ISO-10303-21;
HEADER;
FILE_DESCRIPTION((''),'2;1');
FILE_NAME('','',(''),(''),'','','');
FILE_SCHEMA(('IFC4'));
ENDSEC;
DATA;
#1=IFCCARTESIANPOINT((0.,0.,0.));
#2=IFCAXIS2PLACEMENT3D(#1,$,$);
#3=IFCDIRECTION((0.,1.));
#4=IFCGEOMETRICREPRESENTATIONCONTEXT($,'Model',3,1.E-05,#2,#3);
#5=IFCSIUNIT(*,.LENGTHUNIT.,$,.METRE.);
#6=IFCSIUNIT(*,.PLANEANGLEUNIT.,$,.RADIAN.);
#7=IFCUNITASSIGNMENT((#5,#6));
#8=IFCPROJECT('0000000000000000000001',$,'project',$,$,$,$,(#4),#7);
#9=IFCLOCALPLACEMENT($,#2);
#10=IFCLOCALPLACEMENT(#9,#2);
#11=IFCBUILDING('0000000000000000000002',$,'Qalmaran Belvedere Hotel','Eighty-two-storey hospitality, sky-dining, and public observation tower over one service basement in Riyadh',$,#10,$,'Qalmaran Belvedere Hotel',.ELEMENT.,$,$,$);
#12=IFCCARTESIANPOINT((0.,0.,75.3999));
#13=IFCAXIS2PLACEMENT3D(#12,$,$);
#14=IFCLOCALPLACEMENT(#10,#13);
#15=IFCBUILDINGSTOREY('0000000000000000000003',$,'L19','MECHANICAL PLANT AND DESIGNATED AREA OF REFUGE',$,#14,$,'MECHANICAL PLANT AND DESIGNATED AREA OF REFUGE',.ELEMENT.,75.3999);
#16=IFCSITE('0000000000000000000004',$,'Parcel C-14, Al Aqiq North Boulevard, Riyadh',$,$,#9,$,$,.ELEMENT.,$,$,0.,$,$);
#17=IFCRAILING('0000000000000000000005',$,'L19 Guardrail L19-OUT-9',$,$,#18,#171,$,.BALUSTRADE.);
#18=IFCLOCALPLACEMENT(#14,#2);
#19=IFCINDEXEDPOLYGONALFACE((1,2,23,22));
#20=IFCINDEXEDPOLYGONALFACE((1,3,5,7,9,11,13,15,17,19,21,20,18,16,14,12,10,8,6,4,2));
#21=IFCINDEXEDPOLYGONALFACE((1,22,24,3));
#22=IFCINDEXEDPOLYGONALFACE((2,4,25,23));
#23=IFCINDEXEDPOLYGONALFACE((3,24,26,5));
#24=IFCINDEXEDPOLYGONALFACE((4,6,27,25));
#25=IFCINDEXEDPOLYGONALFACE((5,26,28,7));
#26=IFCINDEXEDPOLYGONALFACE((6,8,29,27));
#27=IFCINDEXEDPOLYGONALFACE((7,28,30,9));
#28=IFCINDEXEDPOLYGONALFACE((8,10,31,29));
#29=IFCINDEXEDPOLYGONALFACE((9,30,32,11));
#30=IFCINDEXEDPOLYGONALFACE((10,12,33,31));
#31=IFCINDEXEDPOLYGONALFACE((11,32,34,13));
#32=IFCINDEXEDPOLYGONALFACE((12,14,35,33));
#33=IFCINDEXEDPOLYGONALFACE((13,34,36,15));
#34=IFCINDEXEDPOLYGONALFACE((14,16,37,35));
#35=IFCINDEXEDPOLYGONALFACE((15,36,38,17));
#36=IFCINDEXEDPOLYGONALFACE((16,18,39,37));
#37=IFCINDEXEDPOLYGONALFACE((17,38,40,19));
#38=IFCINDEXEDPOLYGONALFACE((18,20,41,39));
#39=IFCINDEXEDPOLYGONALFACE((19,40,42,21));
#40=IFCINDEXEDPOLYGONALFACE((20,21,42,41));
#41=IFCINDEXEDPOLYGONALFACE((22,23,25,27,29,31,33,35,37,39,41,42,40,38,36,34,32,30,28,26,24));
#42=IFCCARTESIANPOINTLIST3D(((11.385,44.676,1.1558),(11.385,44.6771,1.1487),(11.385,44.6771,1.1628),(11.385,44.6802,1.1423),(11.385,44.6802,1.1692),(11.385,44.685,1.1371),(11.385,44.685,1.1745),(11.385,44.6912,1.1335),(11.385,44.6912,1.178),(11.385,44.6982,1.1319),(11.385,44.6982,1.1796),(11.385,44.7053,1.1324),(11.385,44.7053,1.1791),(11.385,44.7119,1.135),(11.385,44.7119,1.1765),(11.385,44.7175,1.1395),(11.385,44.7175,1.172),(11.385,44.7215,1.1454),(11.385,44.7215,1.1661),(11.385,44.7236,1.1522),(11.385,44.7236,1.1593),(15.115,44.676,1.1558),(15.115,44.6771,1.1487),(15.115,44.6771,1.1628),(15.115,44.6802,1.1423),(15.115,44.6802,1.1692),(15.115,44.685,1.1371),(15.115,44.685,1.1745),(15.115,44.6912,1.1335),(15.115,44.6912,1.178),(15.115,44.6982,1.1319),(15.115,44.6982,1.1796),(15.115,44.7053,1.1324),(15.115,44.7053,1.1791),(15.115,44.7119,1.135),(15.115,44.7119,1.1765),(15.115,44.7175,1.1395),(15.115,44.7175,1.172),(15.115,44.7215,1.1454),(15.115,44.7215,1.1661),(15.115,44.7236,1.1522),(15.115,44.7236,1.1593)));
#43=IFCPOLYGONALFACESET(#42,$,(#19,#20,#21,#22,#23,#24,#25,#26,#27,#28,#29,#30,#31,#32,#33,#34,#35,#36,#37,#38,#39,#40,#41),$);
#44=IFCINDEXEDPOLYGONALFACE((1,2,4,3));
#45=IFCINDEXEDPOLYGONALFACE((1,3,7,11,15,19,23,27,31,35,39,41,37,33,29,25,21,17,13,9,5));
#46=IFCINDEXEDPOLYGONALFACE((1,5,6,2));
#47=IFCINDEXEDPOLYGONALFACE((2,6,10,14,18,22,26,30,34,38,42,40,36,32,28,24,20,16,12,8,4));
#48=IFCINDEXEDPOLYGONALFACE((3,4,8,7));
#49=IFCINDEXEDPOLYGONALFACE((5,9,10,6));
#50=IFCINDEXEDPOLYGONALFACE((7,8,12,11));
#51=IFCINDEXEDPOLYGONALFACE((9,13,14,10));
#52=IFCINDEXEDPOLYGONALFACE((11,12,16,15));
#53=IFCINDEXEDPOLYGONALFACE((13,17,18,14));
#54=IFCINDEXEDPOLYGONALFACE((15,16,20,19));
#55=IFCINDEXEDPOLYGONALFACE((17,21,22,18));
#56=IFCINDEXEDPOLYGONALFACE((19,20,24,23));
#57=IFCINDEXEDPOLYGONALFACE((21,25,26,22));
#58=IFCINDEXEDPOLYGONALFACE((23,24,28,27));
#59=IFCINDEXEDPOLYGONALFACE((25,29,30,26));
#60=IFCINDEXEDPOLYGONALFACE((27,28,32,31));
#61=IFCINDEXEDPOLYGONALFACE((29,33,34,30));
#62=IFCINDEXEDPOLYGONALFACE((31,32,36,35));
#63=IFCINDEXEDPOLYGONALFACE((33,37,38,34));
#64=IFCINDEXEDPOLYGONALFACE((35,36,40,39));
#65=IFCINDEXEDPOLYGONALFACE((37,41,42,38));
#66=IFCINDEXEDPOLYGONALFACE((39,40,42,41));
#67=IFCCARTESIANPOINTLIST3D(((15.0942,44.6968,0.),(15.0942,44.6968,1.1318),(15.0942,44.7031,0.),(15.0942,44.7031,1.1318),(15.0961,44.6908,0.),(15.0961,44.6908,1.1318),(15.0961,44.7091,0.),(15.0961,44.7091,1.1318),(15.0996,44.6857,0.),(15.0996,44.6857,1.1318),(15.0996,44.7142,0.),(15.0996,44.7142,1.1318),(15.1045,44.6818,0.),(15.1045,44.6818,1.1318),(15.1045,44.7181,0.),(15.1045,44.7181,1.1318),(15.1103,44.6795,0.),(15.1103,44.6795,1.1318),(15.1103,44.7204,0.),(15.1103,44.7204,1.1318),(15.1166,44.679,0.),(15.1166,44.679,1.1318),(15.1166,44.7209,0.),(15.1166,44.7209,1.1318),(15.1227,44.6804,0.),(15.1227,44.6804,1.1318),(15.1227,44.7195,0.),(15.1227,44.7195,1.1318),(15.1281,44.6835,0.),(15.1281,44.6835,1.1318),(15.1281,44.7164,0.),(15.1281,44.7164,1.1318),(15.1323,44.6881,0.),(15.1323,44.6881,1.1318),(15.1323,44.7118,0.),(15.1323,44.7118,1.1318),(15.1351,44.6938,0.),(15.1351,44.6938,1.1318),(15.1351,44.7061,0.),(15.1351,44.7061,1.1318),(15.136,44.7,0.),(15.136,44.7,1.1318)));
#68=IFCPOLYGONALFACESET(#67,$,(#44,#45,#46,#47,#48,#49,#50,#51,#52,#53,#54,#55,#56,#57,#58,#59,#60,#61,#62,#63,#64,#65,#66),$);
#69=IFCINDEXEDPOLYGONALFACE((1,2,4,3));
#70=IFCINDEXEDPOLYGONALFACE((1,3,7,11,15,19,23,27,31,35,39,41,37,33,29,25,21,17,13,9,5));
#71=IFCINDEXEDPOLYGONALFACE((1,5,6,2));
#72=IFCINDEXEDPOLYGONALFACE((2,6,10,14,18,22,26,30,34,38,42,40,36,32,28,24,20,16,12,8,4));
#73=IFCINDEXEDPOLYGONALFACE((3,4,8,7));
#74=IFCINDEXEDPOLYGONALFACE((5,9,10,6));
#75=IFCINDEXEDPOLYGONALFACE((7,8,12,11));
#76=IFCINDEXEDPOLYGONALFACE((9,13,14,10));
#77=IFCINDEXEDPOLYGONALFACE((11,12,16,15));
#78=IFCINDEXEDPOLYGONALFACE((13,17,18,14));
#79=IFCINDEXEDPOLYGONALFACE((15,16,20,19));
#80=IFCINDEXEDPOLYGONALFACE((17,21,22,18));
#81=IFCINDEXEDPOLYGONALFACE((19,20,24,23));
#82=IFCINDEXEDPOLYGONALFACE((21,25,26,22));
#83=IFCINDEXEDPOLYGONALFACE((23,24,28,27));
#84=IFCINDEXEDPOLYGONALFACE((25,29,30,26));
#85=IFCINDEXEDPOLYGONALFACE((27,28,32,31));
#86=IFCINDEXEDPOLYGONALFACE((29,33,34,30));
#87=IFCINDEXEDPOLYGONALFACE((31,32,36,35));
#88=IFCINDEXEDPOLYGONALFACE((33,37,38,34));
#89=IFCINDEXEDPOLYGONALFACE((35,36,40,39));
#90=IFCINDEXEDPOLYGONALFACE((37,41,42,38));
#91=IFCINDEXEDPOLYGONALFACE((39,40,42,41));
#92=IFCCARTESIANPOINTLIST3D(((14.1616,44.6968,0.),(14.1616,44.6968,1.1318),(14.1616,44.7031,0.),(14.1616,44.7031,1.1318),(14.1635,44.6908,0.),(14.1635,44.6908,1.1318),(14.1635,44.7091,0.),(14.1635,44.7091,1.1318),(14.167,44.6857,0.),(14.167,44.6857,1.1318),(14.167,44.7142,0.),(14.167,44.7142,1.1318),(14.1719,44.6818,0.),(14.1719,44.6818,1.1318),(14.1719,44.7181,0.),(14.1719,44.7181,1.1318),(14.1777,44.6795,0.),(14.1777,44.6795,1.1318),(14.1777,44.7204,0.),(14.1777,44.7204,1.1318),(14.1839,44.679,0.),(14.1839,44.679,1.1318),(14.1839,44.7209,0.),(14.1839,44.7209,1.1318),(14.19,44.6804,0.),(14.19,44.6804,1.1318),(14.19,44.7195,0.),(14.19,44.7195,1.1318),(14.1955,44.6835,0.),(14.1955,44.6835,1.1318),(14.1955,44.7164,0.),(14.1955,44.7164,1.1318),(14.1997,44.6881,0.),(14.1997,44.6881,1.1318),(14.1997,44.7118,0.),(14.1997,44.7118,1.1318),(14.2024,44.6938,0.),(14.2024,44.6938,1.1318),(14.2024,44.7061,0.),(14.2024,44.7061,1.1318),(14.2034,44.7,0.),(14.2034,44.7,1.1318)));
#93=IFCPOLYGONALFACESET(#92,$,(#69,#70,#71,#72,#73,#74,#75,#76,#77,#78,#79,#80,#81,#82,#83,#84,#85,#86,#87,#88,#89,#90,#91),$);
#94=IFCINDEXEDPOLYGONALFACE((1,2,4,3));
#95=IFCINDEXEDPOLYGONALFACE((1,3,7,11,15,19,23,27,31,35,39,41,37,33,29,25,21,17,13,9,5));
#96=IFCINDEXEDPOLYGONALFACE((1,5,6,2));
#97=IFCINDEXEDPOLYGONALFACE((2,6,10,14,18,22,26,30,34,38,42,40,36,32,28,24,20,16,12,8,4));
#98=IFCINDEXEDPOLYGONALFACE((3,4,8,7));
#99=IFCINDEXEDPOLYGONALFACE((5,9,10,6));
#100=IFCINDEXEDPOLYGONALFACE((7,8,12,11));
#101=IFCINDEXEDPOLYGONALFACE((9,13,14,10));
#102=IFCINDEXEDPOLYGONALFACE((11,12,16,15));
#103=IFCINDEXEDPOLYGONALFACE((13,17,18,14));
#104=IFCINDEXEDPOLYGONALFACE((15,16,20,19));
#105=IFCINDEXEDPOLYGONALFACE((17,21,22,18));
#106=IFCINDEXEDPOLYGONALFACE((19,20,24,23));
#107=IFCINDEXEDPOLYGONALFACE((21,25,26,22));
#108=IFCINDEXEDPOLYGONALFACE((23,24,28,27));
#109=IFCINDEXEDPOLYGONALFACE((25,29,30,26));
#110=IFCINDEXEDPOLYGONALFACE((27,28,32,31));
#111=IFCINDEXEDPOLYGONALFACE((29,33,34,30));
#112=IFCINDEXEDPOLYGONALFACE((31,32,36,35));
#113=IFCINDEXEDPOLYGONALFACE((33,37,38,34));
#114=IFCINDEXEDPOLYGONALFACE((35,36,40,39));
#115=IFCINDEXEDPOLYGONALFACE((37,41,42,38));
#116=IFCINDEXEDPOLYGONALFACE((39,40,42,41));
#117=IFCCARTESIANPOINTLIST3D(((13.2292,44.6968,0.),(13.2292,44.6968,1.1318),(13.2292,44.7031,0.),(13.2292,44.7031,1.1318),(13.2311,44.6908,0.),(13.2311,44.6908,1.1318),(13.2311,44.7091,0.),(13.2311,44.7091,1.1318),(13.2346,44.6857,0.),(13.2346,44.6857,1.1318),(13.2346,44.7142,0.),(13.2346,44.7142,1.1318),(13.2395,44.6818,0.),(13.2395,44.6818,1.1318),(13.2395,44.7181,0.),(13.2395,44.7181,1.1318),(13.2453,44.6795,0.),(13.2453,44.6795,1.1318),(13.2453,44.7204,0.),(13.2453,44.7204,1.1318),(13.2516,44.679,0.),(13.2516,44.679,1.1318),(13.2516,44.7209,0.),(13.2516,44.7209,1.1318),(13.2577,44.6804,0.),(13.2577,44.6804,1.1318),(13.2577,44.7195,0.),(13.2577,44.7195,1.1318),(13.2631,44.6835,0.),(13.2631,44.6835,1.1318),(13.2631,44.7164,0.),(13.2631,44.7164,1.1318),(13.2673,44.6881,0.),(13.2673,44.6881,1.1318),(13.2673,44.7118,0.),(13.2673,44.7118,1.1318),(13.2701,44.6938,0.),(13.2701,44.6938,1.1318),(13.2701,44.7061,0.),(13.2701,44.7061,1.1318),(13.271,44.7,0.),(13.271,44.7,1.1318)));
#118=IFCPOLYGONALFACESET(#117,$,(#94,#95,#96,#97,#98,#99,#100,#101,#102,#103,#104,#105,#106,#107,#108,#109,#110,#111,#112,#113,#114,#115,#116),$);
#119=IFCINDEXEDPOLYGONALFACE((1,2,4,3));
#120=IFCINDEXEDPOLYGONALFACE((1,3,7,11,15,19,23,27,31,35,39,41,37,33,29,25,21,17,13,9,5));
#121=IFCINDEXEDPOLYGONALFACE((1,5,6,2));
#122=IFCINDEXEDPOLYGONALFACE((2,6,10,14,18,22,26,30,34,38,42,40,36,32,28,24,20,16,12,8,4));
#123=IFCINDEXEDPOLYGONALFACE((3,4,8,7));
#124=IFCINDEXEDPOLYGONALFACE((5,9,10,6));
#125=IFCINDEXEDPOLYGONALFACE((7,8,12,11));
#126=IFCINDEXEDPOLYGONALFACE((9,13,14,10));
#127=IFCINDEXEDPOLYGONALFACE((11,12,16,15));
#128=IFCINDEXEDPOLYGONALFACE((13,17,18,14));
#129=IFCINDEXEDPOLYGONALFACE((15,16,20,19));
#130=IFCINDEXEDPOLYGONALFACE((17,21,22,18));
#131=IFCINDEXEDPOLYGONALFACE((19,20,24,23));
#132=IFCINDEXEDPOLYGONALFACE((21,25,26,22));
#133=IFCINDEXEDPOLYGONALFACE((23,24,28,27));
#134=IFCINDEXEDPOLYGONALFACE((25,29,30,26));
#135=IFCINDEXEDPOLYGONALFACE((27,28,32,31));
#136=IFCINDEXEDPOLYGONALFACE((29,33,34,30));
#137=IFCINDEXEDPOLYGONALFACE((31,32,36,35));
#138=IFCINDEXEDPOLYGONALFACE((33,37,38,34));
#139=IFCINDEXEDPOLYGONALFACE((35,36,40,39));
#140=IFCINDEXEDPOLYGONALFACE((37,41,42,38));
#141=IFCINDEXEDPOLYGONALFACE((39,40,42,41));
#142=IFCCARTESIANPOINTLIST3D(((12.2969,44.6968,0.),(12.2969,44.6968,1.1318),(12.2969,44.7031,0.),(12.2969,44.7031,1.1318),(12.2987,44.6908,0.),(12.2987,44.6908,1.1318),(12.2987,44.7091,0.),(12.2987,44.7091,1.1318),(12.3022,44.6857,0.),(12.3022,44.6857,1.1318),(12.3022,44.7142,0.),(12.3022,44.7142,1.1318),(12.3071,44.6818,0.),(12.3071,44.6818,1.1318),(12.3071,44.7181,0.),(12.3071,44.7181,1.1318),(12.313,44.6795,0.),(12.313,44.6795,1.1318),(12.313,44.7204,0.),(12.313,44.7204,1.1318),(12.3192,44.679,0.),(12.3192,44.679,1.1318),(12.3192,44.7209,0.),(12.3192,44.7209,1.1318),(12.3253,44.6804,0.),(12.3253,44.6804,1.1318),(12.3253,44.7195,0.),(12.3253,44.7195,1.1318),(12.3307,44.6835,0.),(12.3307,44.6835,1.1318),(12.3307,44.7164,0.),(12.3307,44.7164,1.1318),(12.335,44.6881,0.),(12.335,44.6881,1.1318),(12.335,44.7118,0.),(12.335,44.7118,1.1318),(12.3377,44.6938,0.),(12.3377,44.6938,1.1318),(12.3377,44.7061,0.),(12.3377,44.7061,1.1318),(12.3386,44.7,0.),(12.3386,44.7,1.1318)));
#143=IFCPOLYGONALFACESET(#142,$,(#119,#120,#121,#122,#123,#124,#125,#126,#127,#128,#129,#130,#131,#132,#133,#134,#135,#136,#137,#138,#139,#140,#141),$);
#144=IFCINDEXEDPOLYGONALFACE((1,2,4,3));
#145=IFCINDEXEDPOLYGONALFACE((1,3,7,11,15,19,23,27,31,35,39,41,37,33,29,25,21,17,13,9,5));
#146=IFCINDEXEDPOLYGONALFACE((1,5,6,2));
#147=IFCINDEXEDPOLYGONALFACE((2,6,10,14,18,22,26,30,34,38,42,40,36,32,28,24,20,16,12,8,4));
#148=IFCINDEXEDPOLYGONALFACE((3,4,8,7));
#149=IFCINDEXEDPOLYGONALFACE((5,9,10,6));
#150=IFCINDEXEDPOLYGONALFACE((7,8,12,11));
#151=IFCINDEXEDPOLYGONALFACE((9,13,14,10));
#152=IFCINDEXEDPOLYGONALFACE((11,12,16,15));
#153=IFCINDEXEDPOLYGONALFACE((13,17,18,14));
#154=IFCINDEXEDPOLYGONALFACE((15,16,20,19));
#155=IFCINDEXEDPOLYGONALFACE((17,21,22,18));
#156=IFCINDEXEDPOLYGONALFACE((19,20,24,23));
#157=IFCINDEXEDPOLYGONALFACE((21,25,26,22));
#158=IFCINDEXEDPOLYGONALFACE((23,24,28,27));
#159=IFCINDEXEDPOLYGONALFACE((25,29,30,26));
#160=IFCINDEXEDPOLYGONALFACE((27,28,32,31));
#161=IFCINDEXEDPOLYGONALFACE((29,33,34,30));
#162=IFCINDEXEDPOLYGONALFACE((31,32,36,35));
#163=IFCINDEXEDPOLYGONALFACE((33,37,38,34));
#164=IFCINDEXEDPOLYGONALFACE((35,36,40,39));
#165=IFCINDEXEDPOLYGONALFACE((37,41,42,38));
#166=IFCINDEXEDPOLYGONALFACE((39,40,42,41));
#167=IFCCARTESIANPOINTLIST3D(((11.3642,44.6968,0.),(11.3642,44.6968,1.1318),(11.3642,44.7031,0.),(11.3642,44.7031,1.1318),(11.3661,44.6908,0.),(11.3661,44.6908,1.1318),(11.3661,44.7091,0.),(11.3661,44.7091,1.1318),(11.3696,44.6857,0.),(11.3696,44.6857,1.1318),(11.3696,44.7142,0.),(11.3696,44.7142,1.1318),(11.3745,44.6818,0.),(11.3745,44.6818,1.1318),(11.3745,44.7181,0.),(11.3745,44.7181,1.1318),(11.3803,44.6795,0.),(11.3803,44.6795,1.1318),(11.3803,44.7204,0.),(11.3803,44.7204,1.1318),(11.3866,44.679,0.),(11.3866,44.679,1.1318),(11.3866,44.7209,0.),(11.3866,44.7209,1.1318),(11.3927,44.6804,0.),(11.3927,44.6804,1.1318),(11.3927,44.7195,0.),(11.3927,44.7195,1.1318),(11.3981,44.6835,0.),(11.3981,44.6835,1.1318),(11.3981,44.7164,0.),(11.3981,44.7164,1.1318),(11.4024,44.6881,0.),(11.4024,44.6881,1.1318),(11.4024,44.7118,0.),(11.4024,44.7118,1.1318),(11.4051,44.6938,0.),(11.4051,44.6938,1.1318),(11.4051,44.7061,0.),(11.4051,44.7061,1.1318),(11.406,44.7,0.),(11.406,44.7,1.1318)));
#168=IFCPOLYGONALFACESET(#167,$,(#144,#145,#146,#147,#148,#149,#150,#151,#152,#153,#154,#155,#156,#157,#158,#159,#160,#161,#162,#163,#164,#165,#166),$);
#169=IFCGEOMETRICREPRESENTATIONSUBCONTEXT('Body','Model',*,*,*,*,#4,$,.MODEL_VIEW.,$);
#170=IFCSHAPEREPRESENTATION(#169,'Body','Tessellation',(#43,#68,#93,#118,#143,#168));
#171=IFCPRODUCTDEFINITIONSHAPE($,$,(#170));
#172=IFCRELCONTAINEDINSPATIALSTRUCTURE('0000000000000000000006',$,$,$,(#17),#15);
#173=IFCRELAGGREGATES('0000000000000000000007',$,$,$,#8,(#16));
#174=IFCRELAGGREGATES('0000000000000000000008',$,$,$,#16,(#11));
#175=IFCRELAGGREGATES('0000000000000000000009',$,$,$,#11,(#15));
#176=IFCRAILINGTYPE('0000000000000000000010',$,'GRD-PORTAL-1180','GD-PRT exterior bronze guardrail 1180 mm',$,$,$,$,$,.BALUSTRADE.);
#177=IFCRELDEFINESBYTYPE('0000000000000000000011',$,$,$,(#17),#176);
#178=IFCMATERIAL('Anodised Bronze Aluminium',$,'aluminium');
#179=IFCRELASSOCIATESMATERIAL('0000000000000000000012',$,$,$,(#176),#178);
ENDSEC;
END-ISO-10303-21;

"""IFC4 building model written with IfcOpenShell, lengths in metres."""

from ifc_helpers import new_model, si_unit, direction, frame, origin, origin_2d, place, context, subcontext, project, spatial, circle, extrude, material, type_object, element, save


model = new_model("IFC4")

# Units and contexts
model_context = context("Model", 3, precision=1e-05, world=origin(), true_north=direction((0.0, 1.0)))
body_context = subcontext(model_context, "Body", "Model", "MODEL_VIEW")
ifc_project = project(units=[si_unit("LENGTHUNIT", "METRE"), si_unit("PLANEANGLEUNIT", "RADIAN")], contexts=[model_context])

# Site, building, storey
site_placement = place(None, origin())
site = spatial("IfcSite", under=ifc_project, at=site_placement, Name="Parcel C-14, Al Aqiq North Boulevard, Riyadh", CompositionType="ELEMENT", RefElevation=0.0)
building_placement = place(site_placement, origin())
building = spatial("IfcBuilding", under=site, at=building_placement, Name="Qalmaran Belvedere Hotel", Description="Eighty-two-storey hospitality, sky-dining, and public observation tower over one service basement in Riyadh", LongName="Qalmaran Belvedere Hotel", CompositionType="ELEMENT")
storey_placement = place(building_placement, frame((0.0, 0.0, 75.3999)))
storey = spatial("IfcBuildingStorey", under=building, at=storey_placement, Name="L19", Description="MECHANICAL PLANT AND DESIGNATED AREA OF REFUGE", LongName="MECHANICAL PLANT AND DESIGNATED AREA OF REFUGE", CompositionType="ELEMENT", Elevation=75.3999)

# Railing
ifc_material_1 = material(Name="Anodised Bronze Aluminium", Category="aluminium")
railing_type = type_object("IfcRailingType", Name="GRD-PORTAL-1180", Description="GD-PRT exterior bronze guardrail 1180 mm", PredefinedType="BALUSTRADE", material=ifc_material_1)
railing_1_placement = place(storey_placement, frame((15.115, 44.7, 0.0)))
element("IfcRailing", 1, at=railing_1_placement, inside=storey, type_object=railing_type, Name="L19 Guardrail L19-OUT-9", PredefinedType="BALUSTRADE", context=body_context, shape_type="SweptSolid", body=[
    extrude(circle(Radius=0.0239, at=origin_2d()), frame((0.0, 0.0, 1.1558), z_axis=(-1.0, 0.0, 0.0), x_axis=(0.0, -1.0, 0.0)), (0.0, 0.0, 1.0), 3.73),
    extrude(circle(Radius=0.021, at=origin_2d()), origin(), (0.0, 0.0, 1.0), 1.1318),
    extrude(circle(Radius=0.021, at=origin_2d()), frame((-0.9326, 0.0, 0.0)), (0.0, 0.0, 1.0), 1.1318),
    extrude(circle(Radius=0.021, at=origin_2d()), frame((-1.865, 0.0, 0.0)), (0.0, 0.0, 1.0), 1.1318),
    extrude(circle(Radius=0.021, at=origin_2d()), frame((-2.7974, 0.0, 0.0)), (0.0, 0.0, 1.0), 1.1318),
    extrude(circle(Radius=0.021, at=origin_2d()), frame((-3.73, 0.0, 0.0)), (0.0, 0.0, 1.0), 1.1318),
])

save(model, "model.ifc")
